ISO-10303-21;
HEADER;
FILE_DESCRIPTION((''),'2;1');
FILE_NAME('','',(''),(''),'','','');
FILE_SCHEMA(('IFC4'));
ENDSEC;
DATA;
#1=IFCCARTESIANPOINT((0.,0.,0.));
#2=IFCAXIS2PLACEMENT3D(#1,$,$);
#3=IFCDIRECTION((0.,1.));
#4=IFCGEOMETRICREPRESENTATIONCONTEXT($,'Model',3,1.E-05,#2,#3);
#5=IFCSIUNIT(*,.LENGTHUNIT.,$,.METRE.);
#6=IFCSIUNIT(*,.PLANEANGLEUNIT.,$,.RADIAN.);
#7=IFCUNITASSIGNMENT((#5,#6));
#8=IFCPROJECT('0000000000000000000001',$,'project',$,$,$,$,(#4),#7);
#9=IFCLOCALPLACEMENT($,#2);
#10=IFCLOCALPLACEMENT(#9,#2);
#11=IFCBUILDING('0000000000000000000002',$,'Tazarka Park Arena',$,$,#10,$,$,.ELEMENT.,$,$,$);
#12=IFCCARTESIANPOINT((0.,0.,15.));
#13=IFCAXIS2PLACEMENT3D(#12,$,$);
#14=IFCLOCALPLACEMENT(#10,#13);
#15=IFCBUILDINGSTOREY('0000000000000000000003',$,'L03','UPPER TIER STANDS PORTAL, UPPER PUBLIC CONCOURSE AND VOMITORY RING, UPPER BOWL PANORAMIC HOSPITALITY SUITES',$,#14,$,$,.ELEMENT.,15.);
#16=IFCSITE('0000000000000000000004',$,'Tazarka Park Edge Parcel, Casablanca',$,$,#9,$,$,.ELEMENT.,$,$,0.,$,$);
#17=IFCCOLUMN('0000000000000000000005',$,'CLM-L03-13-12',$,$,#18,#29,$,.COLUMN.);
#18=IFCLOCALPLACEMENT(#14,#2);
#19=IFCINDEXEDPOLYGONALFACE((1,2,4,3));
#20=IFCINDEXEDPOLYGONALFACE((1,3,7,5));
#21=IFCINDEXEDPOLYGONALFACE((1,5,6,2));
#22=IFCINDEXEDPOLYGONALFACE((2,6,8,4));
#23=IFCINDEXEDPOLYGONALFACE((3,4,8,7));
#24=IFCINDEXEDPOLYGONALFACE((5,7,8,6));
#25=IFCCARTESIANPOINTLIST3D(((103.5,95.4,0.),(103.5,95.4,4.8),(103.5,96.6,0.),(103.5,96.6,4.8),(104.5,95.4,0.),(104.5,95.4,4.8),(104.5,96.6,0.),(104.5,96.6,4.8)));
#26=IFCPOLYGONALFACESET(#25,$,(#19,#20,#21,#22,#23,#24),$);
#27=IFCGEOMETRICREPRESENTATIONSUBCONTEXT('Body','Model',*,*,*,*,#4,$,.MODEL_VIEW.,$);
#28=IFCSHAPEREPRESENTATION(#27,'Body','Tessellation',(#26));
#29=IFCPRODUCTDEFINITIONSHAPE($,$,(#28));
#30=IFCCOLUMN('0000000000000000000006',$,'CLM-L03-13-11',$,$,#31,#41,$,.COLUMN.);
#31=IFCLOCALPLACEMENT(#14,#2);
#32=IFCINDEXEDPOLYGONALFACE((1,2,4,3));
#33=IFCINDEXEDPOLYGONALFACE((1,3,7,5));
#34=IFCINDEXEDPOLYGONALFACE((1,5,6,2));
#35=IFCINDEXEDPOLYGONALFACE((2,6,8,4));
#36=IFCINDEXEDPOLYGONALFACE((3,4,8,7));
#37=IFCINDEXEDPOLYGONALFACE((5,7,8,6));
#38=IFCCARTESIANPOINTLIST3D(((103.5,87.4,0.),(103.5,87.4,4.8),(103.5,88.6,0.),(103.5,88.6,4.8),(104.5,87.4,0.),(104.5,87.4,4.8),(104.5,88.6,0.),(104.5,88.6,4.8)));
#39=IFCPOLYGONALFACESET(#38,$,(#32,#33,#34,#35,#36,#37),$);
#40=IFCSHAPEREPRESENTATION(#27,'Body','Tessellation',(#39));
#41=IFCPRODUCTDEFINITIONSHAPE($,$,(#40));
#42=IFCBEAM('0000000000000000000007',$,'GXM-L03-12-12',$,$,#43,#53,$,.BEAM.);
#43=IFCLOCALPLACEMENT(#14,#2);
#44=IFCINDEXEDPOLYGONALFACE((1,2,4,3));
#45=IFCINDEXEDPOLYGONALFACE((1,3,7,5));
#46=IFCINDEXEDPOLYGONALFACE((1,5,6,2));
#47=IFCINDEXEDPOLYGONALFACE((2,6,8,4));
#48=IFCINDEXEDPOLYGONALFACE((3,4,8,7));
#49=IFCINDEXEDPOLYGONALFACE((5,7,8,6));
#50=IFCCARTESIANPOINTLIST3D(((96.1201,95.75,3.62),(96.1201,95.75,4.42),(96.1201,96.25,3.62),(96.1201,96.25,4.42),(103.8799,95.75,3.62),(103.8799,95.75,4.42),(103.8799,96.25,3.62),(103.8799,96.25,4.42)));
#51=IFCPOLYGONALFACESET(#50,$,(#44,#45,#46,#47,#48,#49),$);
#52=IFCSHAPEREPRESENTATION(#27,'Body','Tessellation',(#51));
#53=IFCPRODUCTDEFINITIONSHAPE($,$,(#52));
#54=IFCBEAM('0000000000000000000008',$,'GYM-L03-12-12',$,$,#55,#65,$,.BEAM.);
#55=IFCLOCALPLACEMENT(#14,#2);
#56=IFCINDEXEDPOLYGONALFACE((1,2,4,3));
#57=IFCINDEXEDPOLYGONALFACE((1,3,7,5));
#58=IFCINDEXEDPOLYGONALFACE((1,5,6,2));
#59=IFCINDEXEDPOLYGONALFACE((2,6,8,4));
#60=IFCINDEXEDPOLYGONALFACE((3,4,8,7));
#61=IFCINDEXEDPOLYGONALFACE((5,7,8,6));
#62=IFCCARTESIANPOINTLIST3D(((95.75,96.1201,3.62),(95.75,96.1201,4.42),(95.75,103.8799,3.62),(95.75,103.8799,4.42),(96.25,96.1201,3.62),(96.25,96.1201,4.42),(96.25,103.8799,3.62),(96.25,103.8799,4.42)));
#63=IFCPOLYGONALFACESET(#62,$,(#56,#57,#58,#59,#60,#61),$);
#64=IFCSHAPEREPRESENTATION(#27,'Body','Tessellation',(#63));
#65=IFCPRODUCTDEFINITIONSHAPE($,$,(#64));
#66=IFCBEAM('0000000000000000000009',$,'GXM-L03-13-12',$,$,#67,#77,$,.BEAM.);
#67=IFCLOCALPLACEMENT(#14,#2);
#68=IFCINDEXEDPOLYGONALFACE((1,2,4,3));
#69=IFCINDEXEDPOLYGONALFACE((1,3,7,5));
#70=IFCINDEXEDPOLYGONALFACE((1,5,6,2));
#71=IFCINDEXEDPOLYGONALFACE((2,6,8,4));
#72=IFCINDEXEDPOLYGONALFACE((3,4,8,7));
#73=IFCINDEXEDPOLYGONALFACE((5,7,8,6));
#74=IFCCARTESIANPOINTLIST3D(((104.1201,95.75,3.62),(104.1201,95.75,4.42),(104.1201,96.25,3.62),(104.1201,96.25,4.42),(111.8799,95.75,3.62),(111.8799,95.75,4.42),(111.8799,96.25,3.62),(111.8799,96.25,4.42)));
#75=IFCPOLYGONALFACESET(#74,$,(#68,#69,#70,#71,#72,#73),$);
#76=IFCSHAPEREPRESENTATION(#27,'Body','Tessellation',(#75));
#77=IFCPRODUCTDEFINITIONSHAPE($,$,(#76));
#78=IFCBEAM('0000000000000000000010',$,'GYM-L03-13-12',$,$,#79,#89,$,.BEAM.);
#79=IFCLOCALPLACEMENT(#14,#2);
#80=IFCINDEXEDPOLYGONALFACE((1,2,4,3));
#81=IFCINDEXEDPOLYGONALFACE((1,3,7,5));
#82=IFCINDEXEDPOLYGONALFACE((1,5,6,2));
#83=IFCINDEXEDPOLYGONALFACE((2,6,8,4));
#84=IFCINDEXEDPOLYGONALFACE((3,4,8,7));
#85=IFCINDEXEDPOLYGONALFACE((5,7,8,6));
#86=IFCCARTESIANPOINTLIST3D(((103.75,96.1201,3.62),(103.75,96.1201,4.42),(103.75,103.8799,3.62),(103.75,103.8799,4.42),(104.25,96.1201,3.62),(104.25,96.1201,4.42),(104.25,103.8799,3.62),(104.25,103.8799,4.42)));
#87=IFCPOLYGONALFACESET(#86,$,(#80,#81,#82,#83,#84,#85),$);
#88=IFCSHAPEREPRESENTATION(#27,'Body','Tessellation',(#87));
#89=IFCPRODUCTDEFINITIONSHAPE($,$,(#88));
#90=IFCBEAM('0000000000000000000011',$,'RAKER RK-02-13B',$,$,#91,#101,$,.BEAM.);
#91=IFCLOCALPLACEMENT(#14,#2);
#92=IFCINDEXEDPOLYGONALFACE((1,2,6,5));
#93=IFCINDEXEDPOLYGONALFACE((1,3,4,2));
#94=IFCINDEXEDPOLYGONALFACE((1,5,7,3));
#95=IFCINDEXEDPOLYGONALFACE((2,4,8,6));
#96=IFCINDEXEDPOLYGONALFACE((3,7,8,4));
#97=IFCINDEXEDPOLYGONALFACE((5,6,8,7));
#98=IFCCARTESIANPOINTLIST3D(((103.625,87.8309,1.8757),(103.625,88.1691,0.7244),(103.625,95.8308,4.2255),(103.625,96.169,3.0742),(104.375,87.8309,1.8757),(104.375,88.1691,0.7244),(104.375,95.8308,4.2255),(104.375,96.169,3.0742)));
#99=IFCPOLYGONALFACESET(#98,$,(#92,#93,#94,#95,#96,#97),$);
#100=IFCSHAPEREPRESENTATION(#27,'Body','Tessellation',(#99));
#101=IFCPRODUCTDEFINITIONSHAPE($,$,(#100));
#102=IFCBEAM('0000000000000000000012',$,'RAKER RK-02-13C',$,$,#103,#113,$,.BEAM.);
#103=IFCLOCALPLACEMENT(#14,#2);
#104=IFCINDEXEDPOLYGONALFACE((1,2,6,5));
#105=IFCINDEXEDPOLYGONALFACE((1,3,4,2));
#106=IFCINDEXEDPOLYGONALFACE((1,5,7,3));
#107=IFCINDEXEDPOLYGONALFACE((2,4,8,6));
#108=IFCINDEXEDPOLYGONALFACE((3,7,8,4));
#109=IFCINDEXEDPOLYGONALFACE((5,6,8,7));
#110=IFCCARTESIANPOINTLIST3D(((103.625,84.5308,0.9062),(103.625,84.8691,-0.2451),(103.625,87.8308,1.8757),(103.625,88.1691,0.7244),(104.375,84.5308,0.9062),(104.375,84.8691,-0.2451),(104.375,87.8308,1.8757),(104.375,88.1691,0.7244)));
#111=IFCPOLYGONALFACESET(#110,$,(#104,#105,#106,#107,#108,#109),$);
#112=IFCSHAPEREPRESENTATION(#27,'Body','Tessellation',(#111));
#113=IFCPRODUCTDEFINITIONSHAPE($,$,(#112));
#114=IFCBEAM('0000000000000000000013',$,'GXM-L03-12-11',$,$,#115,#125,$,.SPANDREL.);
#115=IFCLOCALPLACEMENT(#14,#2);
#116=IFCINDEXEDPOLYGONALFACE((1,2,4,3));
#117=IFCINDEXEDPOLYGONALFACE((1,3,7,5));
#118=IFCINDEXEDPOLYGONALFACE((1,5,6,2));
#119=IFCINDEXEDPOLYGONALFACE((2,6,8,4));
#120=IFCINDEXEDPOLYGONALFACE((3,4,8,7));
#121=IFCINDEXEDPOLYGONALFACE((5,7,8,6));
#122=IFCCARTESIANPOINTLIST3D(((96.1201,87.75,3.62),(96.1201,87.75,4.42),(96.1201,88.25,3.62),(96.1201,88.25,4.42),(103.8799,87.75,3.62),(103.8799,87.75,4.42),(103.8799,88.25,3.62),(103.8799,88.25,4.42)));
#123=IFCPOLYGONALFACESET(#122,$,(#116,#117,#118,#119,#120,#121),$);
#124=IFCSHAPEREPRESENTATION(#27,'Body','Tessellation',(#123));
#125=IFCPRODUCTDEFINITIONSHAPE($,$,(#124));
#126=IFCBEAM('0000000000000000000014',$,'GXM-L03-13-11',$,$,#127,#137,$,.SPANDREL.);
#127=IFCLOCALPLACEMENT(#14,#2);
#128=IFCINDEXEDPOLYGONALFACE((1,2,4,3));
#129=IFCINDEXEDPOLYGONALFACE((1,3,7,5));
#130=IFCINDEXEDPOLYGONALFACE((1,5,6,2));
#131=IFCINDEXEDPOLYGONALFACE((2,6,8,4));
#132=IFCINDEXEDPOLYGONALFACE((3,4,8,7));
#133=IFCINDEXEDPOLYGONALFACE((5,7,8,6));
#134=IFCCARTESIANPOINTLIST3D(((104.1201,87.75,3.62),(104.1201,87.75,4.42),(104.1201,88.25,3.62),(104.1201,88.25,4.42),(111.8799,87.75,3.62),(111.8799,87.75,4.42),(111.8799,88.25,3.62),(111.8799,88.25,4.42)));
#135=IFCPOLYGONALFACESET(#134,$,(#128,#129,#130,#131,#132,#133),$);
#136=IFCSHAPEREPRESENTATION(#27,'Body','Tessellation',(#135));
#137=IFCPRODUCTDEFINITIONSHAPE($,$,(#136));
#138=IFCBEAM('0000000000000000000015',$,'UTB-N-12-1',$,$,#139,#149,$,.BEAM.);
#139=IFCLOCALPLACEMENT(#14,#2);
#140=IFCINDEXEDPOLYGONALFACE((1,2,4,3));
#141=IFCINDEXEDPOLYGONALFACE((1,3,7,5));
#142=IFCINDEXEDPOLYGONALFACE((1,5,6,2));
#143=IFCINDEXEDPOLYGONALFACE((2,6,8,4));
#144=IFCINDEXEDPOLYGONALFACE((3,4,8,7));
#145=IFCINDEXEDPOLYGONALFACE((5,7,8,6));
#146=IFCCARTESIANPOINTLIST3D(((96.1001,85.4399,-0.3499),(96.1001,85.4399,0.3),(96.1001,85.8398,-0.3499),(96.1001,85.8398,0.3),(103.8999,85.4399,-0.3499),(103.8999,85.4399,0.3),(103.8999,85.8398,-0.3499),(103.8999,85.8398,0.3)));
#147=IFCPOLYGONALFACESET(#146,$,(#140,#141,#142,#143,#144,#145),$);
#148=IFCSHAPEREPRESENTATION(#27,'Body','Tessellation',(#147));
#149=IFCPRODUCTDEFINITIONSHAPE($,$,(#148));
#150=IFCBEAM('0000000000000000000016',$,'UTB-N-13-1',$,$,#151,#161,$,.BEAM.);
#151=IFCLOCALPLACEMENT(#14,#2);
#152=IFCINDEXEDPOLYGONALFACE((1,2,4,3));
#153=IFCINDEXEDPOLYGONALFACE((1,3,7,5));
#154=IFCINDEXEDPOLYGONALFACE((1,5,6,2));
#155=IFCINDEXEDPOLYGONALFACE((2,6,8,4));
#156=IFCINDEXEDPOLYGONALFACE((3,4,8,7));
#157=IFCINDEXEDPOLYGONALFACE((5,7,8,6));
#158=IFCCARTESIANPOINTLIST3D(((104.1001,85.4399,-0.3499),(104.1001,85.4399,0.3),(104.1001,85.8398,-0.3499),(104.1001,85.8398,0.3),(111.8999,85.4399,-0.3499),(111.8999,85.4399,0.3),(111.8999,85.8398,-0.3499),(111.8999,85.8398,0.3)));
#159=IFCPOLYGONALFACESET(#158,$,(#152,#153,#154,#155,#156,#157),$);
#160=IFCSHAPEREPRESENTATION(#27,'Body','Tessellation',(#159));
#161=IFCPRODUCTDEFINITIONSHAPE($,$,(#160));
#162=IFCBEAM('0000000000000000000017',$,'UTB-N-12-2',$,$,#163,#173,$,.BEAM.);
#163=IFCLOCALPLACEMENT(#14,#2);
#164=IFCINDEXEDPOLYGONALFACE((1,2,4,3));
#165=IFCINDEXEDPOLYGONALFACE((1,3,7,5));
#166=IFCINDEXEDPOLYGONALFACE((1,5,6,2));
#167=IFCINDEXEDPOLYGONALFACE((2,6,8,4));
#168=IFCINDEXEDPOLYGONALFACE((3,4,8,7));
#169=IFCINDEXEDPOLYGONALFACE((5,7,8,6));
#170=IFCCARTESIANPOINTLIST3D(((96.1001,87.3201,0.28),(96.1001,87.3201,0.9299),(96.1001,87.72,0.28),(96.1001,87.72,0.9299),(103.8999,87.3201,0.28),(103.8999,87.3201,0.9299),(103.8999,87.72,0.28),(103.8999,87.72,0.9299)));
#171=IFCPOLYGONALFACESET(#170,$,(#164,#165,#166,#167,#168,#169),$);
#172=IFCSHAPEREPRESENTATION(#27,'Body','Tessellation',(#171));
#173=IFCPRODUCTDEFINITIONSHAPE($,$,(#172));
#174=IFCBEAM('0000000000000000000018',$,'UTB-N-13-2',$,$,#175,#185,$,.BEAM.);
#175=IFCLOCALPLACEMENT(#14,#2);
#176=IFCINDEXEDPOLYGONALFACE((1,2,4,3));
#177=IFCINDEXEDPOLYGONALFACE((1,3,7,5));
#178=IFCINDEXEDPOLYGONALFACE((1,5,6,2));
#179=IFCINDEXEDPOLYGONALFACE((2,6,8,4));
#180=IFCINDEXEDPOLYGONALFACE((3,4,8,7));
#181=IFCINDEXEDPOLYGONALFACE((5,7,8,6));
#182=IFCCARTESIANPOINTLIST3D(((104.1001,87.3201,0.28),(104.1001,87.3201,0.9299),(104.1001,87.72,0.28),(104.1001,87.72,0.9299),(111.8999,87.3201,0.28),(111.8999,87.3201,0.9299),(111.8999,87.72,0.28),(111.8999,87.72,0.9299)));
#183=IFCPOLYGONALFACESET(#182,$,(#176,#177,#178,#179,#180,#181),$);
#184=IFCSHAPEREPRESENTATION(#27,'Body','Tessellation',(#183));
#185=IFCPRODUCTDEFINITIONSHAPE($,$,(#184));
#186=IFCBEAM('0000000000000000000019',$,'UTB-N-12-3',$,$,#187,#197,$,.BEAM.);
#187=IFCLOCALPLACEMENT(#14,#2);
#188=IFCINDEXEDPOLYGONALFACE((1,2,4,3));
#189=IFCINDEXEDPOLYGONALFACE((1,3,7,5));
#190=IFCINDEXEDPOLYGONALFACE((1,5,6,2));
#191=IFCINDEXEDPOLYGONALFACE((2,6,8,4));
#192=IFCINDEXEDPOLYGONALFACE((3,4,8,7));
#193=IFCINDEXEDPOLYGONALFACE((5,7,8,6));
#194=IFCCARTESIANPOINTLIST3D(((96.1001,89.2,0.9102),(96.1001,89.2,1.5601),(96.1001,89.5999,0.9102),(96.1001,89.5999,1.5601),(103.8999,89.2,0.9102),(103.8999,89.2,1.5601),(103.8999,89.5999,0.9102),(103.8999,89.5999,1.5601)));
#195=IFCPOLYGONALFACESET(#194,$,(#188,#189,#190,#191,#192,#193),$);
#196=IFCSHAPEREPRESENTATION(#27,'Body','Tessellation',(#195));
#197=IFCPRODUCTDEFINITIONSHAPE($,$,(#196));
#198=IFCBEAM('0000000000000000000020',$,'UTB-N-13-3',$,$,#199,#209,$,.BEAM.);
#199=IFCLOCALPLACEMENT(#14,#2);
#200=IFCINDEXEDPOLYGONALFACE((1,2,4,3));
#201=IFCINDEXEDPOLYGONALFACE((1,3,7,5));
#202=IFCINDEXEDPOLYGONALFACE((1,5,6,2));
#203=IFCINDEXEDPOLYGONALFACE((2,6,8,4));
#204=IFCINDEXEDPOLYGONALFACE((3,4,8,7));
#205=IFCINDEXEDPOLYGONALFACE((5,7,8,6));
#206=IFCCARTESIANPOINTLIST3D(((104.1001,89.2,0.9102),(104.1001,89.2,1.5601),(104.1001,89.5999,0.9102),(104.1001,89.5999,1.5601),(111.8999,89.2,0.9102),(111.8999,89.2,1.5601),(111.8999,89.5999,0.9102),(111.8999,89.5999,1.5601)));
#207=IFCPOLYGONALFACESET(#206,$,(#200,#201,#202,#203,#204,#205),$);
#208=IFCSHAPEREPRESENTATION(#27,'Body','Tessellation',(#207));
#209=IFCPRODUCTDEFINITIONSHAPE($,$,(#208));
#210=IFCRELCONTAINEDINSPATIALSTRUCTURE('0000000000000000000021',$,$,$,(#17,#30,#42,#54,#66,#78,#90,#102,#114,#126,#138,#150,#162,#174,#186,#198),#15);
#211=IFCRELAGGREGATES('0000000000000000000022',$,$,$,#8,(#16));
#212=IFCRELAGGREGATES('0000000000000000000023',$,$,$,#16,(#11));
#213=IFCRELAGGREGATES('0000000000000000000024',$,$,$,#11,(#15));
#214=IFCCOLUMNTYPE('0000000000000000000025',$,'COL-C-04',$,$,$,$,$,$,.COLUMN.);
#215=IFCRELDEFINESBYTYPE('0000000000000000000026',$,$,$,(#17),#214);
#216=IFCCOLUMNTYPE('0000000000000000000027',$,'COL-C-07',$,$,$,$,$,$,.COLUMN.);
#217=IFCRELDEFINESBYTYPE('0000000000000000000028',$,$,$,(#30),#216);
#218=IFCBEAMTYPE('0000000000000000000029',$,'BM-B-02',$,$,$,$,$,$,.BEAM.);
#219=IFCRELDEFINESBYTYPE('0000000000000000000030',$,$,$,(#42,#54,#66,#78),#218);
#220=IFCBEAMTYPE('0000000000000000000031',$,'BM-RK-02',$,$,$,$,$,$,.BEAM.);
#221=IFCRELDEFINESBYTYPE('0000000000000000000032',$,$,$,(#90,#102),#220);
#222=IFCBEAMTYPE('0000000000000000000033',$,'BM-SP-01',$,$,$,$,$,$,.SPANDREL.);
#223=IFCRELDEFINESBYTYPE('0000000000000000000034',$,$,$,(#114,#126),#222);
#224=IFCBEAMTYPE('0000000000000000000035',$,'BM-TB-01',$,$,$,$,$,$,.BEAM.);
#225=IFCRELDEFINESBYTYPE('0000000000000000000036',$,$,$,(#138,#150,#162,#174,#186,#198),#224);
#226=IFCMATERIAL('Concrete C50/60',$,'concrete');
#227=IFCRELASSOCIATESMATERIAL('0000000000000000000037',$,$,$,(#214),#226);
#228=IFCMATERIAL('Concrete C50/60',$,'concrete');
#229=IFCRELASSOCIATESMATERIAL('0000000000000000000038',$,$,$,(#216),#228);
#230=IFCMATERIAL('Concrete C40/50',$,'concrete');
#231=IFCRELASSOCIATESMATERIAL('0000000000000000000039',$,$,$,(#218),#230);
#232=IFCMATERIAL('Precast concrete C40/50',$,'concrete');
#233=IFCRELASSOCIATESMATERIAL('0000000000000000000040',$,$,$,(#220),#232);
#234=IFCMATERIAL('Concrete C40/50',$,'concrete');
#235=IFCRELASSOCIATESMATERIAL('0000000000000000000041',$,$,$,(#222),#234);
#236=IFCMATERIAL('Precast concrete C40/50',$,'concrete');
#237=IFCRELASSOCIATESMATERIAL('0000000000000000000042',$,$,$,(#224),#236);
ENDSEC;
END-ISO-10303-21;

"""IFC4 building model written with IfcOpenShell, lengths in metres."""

from ifc_helpers import new_model, si_unit, direction, frame, origin, origin_2d, place, context, subcontext, project, spatial, rectangle, extrude, material, material_profile, profile_set, type_object, element, save


model = new_model("IFC4")

# Units and contexts
model_context = context("Model", 3, precision=1e-05, world=origin(), true_north=direction((0.0, 1.0)))
body_context = subcontext(model_context, "Body", "Model", "MODEL_VIEW")
ifc_project = project(units=[si_unit("LENGTHUNIT", "METRE"), si_unit("PLANEANGLEUNIT", "RADIAN")], contexts=[model_context])

# Site, building, storey
site_placement = place(None, origin())
site = spatial("IfcSite", under=ifc_project, at=site_placement, Name="Tazarka Park Edge Parcel, Casablanca", CompositionType="ELEMENT", RefElevation=0.0)
building_placement = place(site_placement, origin())
building = spatial("IfcBuilding", under=site, at=building_placement, Name="Tazarka Park Arena", CompositionType="ELEMENT")
storey_placement = place(building_placement, frame((0.0, 0.0, 15.0)))
storey = spatial("IfcBuildingStorey", under=building, at=storey_placement, Name="L03", Description="UPPER TIER STANDS PORTAL, UPPER PUBLIC CONCOURSE AND VOMITORY RING, UPPER BOWL PANORAMIC HOSPITALITY SUITES", CompositionType="ELEMENT", Elevation=15.0)

# Columns
ifc_material_1 = material(Name="Concrete C50/60", Category="concrete")
ifc_material_profile_1 = material_profile(ifc_material_1, rectangle(XDim=1.0, YDim=1.2, at=origin_2d()), Name="Concrete C50/60")
ifc_profile_set_1 = profile_set([ifc_material_profile_1], Name="Concrete C50/60")
column_type_1 = type_object("IfcColumnType", Name="COL-C-04", PredefinedType="COLUMN", material=ifc_profile_set_1)
column_1_placement = place(storey_placement, frame((104.0, 96.0, 0.0), z_axis=(0.0, 0.0, 1.0), x_axis=(1.0, 0.0, 0.0)))
element("IfcColumn", 1, at=column_1_placement, inside=storey, type_object=column_type_1, Name="CLM-L03-13-12", PredefinedType="COLUMN", context=body_context, shape_type="SweptSolid", body=[
    extrude(rectangle(XDim=1.0, YDim=1.2, at=origin_2d()), origin(), (0.0, 0.0, 1.0), 4.8),
])
ifc_material_2 = material(Name="Concrete C50/60", Category="concrete")
ifc_material_profile_2 = material_profile(ifc_material_2, rectangle(XDim=1.0, YDim=1.2, at=origin_2d()), Name="Concrete C50/60")
ifc_profile_set_2 = profile_set([ifc_material_profile_2], Name="Concrete C50/60")
column_type_2 = type_object("IfcColumnType", Name="COL-C-07", PredefinedType="COLUMN", material=ifc_profile_set_2)
column_2_placement = place(storey_placement, frame((104.0, 88.0, 0.0), z_axis=(0.0, 0.0, 1.0), x_axis=(1.0, 0.0, 0.0)))
element("IfcColumn", 2, at=column_2_placement, inside=storey, type_object=column_type_2, Name="CLM-L03-13-11", PredefinedType="COLUMN", context=body_context, shape_type="SweptSolid", body=[
    extrude(rectangle(XDim=1.0, YDim=1.2, at=origin_2d()), origin(), (0.0, 0.0, 1.0), 4.8),
])

# Beams
ifc_material_3 = material(Name="Concrete C40/50", Category="concrete")
ifc_material_profile_3 = material_profile(ifc_material_3, rectangle(XDim=0.5, YDim=0.8, at=origin_2d()), Name="Concrete C40/50")
ifc_profile_set_3 = profile_set([ifc_material_profile_3], Name="Concrete C40/50")
beam_type_1 = type_object("IfcBeamType", Name="BM-B-02", PredefinedType="BEAM", material=ifc_profile_set_3)
for number, where, z_axis, x_axis, name in (
    (3, (96.1201, 96.0, 4.02), (1.0, 0.0, 0.0), (0.0, 1.0, 0.0), "GXM-L03-12-12"),
    (4, (96.0, 96.1201, 4.02), (0.0, 1.0, 0.0), (-1.0, 0.0, 0.0), "GYM-L03-12-12"),
    (5, (104.1201, 96.0, 4.02), (1.0, 0.0, 0.0), (0.0, 1.0, 0.0), "GXM-L03-13-12"),
    (6, (104.0, 96.1201, 4.02), (0.0, 1.0, 0.0), (-1.0, 0.0, 0.0), "GYM-L03-13-12"),
):
    element("IfcBeam", number, at=place(storey_placement, frame(where, z_axis=z_axis, x_axis=x_axis)), inside=storey, type_object=beam_type_1, Name=name, PredefinedType="BEAM", context=body_context, shape_type="SweptSolid", body=[
        extrude(rectangle(XDim=0.5, YDim=0.8, at=origin_2d()), origin(), (0.0, 0.0, 1.0), 7.7598),
    ])
ifc_material_4 = material(Name="Precast concrete C40/50", Category="concrete")
ifc_material_profile_4 = material_profile(ifc_material_4, rectangle(XDim=0.75, YDim=1.2, at=origin_2d()), Name="Precast concrete C40/50")
ifc_profile_set_4 = profile_set([ifc_material_profile_4], Name="Precast concrete C40/50")
beam_type_2 = type_object("IfcBeamType", Name="BM-RK-02", PredefinedType="BEAM", material=ifc_profile_set_4)
beam_1_placement = place(storey_placement, frame((104.0, 88.0, 1.3), z_axis=(0.0, 0.959466, 0.281825), x_axis=(-1.0, 0.0, 0.0)))
element("IfcBeam", 7, at=beam_1_placement, inside=storey, type_object=beam_type_2, Name="RAKER RK-02-13B", PredefinedType="BEAM", context=body_context, shape_type="SweptSolid", body=[
    extrude(rectangle(XDim=0.75, YDim=1.2, at=origin_2d()), origin(), (0.0, 0.0, 1.0), 8.3379),
])
beam_2_placement = place(storey_placement, frame((104.0, 84.7, 0.3306), z_axis=(0.0, 0.959454, 0.281867), x_axis=(-1.0, 0.0, 0.0)))
element("IfcBeam", 8, at=beam_2_placement, inside=storey, type_object=beam_type_2, Name="RAKER RK-02-13C", PredefinedType="BEAM", context=body_context, shape_type="SweptSolid", body=[
    extrude(rectangle(XDim=0.75, YDim=1.2, at=origin_2d()), origin(), (0.0, 0.0, 1.0), 3.4395),
])
ifc_material_5 = material(Name="Concrete C40/50", Category="concrete")
ifc_material_profile_5 = material_profile(ifc_material_5, rectangle(XDim=0.5, YDim=0.8, at=origin_2d()), Name="Concrete C40/50")
ifc_profile_set_5 = profile_set([ifc_material_profile_5], Name="Concrete C40/50")
beam_type_3 = type_object("IfcBeamType", Name="BM-SP-01", PredefinedType="SPANDREL", material=ifc_profile_set_5)
for number, where, z_axis, x_axis, name in (
    (9, (96.1201, 88.0, 4.02), (1.0, 0.0, 0.0), (0.0, 1.0, 0.0), "GXM-L03-12-11"),
    (10, (104.1201, 88.0, 4.02), (1.0, 0.0, 0.0), (0.0, 1.0, 0.0), "GXM-L03-13-11"),
):
    element("IfcBeam", number, at=place(storey_placement, frame(where, z_axis=z_axis, x_axis=x_axis)), inside=storey, type_object=beam_type_3, Name=name, PredefinedType="SPANDREL", context=body_context, shape_type="SweptSolid", body=[
        extrude(rectangle(XDim=0.5, YDim=0.8, at=origin_2d()), origin(), (0.0, 0.0, 1.0), 7.7598),
    ])
ifc_material_6 = material(Name="Precast concrete C40/50", Category="concrete")
ifc_material_profile_6 = material_profile(ifc_material_6, rectangle(XDim=0.3999, YDim=0.6499, at=origin_2d()), Name="Precast concrete C40/50")
ifc_profile_set_6 = profile_set([ifc_material_profile_6], Name="Precast concrete C40/50")
beam_type_4 = type_object("IfcBeamType", Name="BM-TB-01", PredefinedType="BEAM", material=ifc_profile_set_6)
for number, where, z_axis, x_axis, name in (
    (11, (96.1001, 85.6399, -0.0249), (1.0, 0.0, 0.0), (0.0, 1.0, 0.0), "UTB-N-12-1"),
    (12, (104.1001, 85.6399, -0.0249), (1.0, 0.0, 0.0), (0.0, 1.0, 0.0), "UTB-N-13-1"),
    (13, (96.1001, 87.52, 0.605), (1.0, 0.0, 0.0), (0.0, 1.0, 0.0), "UTB-N-12-2"),
    (14, (104.1001, 87.52, 0.605), (1.0, 0.0, 0.0), (0.0, 1.0, 0.0), "UTB-N-13-2"),
    (15, (96.1001, 89.3999, 1.2351), (1.0, 0.0, 0.0), (0.0, 1.0, 0.0), "UTB-N-12-3"),
    (16, (104.1001, 89.3999, 1.2351), (1.0, 0.0, 0.0), (0.0, 1.0, 0.0), "UTB-N-13-3"),
):
    element("IfcBeam", number, at=place(storey_placement, frame(where, z_axis=z_axis, x_axis=x_axis)), inside=storey, type_object=beam_type_4, Name=name, PredefinedType="BEAM", context=body_context, shape_type="SweptSolid", body=[
        extrude(rectangle(XDim=0.3999, YDim=0.6499, at=origin_2d()), origin(), (0.0, 0.0, 1.0), 7.7998),
    ])

save(model, "model.ifc")
